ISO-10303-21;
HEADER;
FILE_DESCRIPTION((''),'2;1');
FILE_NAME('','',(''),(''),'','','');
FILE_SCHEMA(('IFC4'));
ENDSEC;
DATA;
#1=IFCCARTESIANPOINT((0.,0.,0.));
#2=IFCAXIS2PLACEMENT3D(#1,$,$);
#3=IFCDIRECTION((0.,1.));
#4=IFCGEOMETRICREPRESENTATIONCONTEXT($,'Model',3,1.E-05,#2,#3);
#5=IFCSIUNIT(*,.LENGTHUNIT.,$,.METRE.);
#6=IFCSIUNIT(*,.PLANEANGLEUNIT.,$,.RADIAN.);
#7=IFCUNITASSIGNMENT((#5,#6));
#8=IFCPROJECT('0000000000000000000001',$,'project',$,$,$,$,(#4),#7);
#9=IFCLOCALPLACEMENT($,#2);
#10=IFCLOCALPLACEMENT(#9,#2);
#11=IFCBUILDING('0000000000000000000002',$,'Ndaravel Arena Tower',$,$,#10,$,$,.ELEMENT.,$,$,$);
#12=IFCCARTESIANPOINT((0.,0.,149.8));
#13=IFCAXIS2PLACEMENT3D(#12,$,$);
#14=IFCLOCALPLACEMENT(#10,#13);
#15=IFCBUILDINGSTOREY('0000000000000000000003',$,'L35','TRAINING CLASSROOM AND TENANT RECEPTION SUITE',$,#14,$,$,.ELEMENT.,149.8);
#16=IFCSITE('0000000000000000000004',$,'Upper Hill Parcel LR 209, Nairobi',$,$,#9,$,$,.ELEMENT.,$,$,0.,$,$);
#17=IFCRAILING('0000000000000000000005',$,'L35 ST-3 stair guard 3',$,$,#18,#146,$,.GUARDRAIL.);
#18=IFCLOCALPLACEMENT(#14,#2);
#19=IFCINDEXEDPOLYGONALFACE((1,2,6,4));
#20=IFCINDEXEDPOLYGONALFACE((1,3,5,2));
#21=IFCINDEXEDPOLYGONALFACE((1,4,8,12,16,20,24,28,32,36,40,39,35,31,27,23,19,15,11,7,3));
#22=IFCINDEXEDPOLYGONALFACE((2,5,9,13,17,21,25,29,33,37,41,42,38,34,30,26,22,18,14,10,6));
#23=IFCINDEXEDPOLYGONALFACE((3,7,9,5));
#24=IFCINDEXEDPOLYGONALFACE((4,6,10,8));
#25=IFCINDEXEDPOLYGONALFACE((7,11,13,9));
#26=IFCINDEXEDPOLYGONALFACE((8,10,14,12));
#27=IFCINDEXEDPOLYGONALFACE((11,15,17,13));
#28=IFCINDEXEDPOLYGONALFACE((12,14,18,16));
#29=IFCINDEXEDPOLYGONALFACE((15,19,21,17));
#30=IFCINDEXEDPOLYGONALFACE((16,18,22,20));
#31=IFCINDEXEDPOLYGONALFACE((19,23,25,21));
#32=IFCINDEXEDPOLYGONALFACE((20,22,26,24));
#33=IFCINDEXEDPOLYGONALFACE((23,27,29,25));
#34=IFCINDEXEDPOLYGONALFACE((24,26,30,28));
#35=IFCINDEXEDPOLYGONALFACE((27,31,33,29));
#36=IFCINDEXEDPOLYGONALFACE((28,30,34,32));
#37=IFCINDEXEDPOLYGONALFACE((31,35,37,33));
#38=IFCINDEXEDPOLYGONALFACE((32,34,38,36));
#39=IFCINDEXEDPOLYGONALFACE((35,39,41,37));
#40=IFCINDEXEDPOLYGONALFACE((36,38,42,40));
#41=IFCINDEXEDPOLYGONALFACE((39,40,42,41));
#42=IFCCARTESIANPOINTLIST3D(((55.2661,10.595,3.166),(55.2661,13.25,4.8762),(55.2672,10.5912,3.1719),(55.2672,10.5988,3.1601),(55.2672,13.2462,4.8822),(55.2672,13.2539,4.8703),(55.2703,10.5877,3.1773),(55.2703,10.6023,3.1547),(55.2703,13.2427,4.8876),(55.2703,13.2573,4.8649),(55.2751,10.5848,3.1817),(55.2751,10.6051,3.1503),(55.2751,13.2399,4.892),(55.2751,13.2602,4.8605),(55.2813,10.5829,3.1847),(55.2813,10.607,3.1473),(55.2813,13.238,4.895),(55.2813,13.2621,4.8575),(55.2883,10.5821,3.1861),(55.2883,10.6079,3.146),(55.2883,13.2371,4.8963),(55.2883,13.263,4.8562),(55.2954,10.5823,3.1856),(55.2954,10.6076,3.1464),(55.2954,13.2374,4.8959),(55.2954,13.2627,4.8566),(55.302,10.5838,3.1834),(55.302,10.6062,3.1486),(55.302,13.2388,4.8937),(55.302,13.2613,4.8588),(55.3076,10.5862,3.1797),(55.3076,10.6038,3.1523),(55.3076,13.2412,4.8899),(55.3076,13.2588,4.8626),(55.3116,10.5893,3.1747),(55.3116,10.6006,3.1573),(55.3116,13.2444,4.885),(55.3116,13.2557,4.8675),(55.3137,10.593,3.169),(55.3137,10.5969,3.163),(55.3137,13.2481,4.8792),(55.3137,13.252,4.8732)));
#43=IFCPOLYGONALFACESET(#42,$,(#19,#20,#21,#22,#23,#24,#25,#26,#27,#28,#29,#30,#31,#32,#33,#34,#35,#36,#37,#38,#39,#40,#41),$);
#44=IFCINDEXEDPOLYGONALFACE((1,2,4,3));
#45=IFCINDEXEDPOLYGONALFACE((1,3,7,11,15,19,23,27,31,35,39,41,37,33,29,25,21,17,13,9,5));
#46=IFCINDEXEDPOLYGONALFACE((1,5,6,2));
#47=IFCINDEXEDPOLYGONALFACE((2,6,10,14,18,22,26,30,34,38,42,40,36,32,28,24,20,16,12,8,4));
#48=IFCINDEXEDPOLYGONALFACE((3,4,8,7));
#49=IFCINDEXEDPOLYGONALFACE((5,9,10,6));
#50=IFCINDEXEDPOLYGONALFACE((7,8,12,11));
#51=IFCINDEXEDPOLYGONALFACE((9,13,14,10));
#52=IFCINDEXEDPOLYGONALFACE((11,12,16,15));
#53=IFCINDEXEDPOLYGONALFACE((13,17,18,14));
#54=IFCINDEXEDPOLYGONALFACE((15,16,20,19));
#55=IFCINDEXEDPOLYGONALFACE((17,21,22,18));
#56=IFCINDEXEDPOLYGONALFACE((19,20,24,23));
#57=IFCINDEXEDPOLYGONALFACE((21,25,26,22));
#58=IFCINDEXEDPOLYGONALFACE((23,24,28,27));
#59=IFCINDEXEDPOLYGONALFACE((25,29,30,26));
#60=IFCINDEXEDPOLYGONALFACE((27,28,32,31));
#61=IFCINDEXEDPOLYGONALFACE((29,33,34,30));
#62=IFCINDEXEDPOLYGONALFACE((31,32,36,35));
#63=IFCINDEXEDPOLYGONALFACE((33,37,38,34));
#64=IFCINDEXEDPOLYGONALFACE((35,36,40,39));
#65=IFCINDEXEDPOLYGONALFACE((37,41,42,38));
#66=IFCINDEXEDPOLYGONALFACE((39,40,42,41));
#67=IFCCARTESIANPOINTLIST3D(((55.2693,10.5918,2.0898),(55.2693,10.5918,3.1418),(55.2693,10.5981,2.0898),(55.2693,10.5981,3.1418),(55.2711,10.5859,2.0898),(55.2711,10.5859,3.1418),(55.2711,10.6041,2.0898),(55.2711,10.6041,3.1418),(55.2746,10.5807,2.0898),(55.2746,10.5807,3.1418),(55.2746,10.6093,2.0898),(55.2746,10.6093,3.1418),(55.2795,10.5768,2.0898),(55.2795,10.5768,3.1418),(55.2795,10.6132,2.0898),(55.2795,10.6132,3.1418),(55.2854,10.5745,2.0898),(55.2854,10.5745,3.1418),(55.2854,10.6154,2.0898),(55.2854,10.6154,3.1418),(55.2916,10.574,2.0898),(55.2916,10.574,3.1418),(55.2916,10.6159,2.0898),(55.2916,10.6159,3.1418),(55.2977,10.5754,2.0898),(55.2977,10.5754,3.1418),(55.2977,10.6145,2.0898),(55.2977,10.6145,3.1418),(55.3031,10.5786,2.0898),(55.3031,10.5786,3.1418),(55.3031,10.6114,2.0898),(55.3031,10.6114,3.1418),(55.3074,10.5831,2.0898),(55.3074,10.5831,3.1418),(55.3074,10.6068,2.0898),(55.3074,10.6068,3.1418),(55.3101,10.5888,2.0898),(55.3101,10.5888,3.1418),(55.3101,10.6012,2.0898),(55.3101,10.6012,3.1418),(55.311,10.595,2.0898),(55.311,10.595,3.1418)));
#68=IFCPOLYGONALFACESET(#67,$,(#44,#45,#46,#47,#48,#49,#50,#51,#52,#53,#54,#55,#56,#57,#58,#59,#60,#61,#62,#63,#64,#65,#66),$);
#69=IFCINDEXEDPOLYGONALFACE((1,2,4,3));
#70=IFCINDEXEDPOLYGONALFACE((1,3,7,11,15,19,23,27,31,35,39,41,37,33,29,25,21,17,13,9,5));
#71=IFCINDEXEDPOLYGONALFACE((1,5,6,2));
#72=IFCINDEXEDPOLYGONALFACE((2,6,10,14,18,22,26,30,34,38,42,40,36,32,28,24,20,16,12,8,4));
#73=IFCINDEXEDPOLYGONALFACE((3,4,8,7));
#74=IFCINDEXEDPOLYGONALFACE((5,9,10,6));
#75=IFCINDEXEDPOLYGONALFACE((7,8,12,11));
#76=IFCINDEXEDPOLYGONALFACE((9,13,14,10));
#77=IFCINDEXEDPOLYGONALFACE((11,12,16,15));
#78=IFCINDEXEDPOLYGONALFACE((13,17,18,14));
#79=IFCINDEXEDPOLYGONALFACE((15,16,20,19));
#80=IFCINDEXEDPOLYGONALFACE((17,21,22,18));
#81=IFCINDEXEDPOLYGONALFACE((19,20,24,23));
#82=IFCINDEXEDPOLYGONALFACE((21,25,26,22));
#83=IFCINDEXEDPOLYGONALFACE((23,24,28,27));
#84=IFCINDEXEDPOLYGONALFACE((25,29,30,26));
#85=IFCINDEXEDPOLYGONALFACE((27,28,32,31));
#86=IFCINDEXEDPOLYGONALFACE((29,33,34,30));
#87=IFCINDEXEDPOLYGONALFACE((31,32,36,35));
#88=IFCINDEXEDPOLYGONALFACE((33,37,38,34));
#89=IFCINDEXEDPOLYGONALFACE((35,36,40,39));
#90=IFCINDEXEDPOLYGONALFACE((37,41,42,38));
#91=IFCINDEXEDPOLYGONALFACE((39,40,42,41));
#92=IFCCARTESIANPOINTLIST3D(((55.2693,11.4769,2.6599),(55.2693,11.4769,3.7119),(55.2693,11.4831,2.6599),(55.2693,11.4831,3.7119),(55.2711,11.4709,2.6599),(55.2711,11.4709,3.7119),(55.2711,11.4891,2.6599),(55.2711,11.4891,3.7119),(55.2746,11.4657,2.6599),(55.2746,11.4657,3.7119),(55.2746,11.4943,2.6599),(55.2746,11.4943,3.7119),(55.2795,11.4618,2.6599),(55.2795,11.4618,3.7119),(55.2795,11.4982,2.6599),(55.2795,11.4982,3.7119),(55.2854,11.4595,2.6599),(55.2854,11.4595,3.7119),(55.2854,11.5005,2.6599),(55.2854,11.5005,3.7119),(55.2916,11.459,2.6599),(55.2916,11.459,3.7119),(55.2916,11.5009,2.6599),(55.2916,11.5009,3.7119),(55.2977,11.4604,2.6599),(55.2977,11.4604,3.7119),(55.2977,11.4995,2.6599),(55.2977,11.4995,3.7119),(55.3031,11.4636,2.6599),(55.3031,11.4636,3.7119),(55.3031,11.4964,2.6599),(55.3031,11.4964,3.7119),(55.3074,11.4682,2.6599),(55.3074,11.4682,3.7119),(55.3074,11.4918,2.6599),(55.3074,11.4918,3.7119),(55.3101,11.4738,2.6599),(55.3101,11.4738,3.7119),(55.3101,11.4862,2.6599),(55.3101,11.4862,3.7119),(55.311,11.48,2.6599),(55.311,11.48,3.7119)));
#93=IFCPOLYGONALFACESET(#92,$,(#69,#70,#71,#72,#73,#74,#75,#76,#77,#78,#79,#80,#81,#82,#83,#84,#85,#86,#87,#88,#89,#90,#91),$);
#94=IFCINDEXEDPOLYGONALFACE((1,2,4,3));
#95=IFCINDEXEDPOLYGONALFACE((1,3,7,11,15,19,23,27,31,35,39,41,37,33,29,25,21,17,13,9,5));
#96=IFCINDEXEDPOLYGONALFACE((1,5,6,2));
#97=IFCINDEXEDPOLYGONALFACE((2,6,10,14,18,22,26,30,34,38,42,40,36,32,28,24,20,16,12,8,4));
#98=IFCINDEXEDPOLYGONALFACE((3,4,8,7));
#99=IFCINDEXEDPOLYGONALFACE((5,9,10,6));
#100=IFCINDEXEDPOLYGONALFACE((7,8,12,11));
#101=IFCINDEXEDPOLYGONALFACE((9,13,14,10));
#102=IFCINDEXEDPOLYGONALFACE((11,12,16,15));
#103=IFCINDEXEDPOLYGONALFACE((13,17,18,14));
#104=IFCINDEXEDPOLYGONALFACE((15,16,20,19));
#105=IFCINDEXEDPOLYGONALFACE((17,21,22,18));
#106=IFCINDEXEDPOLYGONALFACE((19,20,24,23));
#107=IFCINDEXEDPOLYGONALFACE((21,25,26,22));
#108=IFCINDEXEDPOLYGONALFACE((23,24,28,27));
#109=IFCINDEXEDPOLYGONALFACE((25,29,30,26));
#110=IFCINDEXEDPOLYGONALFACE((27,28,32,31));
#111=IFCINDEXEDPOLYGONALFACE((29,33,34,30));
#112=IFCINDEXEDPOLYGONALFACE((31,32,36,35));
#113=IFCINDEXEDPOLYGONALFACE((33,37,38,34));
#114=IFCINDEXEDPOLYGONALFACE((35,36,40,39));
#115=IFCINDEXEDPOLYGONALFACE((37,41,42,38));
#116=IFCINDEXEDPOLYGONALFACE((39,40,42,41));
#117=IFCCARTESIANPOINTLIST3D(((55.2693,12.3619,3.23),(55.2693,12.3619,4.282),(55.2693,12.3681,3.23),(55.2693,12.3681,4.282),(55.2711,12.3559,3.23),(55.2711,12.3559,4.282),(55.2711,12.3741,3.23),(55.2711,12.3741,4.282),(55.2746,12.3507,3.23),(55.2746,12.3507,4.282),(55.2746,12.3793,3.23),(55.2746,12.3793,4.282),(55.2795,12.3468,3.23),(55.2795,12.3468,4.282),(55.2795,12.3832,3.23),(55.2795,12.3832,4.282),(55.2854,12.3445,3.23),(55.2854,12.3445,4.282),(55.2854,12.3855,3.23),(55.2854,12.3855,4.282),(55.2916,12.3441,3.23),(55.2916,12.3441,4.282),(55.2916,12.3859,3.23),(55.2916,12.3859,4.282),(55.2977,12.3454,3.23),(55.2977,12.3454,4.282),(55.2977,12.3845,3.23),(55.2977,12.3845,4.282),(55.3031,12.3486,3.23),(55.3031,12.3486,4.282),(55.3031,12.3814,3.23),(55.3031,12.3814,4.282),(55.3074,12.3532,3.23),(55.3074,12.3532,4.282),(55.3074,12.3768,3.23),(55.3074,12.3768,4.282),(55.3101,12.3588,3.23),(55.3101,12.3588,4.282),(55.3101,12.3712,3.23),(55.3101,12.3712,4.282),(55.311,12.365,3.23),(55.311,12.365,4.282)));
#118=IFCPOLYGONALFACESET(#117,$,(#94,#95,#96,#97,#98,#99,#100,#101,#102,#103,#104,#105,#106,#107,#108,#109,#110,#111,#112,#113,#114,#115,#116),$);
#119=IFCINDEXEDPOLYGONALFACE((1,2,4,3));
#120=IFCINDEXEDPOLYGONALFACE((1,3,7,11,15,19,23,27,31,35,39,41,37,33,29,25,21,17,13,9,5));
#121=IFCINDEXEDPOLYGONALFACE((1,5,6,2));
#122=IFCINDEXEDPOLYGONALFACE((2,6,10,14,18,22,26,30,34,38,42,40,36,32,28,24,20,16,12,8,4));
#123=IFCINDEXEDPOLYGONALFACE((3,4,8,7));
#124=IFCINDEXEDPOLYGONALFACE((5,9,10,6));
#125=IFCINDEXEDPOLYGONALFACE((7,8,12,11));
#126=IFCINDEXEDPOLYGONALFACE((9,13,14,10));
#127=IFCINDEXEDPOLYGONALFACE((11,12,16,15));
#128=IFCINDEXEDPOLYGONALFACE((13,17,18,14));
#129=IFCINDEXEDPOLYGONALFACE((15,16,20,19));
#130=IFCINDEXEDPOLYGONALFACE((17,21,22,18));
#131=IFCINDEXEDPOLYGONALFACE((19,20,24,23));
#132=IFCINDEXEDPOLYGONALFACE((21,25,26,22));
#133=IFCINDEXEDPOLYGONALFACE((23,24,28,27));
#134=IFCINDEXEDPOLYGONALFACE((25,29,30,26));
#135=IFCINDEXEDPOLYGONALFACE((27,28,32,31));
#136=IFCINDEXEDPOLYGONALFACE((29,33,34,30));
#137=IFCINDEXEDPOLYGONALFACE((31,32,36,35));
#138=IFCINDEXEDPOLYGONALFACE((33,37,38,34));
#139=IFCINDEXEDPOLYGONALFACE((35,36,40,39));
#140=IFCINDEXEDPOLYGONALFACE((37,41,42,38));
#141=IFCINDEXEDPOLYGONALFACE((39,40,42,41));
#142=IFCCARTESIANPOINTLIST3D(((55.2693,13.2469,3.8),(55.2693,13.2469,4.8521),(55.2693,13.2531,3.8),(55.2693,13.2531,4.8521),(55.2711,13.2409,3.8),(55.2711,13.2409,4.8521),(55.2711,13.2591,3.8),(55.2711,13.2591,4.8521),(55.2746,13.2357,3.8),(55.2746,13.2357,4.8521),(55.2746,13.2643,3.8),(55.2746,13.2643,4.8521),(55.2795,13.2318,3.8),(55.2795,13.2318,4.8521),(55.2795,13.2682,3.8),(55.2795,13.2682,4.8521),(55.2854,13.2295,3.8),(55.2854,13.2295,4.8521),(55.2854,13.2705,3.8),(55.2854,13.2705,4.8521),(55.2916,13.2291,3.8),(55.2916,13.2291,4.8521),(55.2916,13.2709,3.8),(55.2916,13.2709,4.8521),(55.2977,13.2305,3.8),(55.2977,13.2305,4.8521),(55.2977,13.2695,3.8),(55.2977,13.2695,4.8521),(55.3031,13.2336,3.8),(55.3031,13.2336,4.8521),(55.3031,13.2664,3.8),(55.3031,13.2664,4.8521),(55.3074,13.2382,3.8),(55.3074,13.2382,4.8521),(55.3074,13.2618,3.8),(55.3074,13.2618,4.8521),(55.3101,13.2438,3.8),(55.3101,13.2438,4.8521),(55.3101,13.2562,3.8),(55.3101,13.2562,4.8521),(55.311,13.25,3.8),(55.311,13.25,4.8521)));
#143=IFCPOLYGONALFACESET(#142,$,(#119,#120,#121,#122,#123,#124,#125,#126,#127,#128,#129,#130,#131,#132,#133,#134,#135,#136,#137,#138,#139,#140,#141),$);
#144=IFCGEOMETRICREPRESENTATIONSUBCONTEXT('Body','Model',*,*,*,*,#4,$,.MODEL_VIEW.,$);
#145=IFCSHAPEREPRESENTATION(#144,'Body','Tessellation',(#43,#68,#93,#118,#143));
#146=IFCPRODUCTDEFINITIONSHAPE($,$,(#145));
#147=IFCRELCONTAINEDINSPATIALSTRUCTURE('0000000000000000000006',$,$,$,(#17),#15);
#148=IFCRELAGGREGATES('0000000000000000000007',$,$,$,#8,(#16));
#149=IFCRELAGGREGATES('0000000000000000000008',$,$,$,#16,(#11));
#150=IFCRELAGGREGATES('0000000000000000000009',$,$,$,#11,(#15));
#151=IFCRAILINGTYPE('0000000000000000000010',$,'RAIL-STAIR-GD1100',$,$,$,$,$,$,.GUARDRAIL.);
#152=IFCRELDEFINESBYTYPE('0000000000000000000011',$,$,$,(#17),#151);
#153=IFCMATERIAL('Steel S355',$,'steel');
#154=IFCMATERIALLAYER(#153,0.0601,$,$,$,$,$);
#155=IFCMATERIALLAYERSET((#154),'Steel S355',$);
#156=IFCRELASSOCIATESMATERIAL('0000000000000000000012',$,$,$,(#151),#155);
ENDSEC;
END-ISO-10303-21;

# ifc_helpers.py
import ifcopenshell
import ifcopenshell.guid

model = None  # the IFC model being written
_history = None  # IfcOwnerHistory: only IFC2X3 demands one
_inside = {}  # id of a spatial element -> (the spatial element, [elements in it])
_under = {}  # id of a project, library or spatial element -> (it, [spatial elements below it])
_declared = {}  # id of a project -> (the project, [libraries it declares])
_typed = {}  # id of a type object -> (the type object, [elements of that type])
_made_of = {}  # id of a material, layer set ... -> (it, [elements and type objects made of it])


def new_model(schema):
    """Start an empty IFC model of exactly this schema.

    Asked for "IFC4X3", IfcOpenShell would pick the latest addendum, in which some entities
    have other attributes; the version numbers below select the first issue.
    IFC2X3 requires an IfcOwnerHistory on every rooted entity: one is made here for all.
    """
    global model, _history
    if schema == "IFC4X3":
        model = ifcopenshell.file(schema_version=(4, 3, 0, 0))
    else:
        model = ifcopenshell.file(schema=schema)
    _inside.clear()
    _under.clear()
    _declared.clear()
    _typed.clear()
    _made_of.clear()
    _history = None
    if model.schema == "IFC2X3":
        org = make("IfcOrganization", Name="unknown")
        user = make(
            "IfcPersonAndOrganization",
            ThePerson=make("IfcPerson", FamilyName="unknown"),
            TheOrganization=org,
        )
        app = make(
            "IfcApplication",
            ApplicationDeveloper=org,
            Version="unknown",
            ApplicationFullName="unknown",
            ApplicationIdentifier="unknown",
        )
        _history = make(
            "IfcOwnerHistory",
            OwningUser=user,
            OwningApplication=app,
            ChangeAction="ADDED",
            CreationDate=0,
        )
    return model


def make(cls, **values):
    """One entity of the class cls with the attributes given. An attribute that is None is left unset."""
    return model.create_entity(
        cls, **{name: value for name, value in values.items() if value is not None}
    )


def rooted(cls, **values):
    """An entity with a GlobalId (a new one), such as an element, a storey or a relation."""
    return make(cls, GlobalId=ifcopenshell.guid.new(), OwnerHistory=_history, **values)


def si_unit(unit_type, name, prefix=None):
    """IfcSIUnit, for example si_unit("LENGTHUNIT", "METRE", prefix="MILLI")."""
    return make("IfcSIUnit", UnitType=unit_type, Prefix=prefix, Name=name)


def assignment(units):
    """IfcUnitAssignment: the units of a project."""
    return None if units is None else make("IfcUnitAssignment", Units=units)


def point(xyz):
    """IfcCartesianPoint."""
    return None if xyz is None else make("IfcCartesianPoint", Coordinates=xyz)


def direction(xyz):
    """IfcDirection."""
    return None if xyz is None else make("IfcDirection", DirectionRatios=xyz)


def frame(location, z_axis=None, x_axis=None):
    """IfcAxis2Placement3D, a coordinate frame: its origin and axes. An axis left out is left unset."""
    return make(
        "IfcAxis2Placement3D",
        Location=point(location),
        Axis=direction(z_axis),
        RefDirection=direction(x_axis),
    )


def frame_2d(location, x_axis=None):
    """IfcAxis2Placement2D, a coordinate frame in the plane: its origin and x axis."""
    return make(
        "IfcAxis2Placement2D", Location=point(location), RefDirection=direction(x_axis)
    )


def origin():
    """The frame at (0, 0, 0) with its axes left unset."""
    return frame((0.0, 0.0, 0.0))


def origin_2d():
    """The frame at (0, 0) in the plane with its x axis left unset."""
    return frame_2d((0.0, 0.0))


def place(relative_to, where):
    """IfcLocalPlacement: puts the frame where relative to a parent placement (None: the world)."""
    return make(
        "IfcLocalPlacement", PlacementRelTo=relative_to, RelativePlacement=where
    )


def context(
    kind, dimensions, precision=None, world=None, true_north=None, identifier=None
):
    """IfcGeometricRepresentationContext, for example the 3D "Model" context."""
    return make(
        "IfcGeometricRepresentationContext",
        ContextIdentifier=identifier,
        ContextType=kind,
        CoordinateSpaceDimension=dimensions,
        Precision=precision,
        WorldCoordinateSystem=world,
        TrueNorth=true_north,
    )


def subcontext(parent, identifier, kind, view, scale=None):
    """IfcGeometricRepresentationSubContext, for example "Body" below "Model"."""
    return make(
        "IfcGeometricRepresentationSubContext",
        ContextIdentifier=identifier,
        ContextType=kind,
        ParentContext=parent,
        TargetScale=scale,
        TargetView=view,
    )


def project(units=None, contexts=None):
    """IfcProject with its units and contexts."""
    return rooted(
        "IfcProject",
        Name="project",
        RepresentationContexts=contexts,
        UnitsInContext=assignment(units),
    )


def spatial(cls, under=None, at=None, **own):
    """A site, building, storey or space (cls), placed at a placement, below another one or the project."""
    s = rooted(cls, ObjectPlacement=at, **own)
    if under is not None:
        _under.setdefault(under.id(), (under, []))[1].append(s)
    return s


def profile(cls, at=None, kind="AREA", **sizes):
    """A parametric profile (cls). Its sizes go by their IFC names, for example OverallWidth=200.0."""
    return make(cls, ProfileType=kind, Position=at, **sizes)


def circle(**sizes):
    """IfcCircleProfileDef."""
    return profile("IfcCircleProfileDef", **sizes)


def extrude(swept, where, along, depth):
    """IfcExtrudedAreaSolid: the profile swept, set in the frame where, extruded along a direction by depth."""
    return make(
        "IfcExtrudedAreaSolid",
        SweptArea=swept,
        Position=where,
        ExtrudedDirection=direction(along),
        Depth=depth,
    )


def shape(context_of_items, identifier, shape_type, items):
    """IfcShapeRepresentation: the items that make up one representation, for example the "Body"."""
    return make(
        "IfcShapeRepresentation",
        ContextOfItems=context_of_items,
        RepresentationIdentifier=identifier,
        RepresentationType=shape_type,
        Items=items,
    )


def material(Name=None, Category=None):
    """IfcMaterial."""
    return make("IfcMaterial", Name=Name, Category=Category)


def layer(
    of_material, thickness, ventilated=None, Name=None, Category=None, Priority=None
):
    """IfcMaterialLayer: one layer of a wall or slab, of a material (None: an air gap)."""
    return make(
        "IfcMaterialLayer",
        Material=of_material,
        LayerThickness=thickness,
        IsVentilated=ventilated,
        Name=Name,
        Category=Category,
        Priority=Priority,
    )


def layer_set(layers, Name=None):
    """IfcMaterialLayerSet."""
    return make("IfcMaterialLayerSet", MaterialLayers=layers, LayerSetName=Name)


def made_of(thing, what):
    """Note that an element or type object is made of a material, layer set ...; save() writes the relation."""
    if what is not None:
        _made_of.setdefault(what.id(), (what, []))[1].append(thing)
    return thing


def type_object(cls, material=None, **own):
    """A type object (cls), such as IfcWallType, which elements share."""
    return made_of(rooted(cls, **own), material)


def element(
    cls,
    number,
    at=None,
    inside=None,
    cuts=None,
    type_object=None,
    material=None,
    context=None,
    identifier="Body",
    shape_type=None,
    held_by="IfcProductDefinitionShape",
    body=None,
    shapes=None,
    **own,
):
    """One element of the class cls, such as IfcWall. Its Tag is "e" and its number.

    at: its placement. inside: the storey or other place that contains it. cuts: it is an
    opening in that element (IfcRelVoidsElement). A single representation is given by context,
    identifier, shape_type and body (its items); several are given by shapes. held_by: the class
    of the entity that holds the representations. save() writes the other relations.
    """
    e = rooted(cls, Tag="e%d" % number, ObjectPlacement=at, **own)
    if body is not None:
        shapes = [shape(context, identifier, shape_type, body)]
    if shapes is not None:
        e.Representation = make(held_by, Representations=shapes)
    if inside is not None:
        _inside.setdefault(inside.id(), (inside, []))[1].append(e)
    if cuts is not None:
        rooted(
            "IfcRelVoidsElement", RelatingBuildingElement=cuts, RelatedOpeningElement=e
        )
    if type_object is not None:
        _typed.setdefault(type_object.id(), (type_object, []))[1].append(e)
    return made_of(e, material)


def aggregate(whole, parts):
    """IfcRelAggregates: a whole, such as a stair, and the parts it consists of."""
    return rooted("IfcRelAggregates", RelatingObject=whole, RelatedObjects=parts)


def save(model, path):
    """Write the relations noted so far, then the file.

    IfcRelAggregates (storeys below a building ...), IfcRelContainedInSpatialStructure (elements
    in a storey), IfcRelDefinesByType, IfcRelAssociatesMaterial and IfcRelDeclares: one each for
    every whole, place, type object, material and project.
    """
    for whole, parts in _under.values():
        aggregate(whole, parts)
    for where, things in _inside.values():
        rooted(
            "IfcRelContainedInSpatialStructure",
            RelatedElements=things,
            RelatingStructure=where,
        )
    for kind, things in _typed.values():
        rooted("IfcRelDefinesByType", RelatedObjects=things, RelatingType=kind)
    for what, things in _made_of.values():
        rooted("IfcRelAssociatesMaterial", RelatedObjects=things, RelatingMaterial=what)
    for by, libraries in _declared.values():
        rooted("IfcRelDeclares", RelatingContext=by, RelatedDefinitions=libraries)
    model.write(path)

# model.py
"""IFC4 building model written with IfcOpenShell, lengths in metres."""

from ifc_helpers import new_model, si_unit, direction, frame, origin, origin_2d, place, context, subcontext, project, spatial, circle, extrude, material, layer, layer_set, type_object, element, save


model = new_model("IFC4")

# Units and contexts
model_context = context("Model", 3, precision=1e-05, world=origin(), true_north=direction((0.0, 1.0)))
body_context = subcontext(model_context, "Body", "Model", "MODEL_VIEW")
ifc_project = project(units=[si_unit("LENGTHUNIT", "METRE"), si_unit("PLANEANGLEUNIT", "RADIAN")], contexts=[model_context])

# Site, building, storey
site_placement = place(None, origin())
site = spatial("IfcSite", under=ifc_project, at=site_placement, Name="Upper Hill Parcel LR 209, Nairobi", CompositionType="ELEMENT", RefElevation=0.0)
building_placement = place(site_placement, origin())
building = spatial("IfcBuilding", under=site, at=building_placement, Name="Ndaravel Arena Tower", CompositionType="ELEMENT")
storey_placement = place(building_placement, frame((0.0, 0.0, 149.8)))
storey = spatial("IfcBuildingStorey", under=building, at=storey_placement, Name="L35", Description="TRAINING CLASSROOM AND TENANT RECEPTION SUITE", CompositionType="ELEMENT", Elevation=149.8)

# Railing
ifc_material_1 = material(Name="Steel S355", Category="steel")
ifc_layer_1 = layer(ifc_material_1, 0.0601)
ifc_layer_set_1 = layer_set([ifc_layer_1], Name="Steel S355")
railing_type_1 = type_object("IfcRailingType", Name="RAIL-STAIR-GD1100", PredefinedType="GUARDRAIL", material=ifc_layer_set_1)
railing_1_placement = place(storey_placement, frame((55.29, 10.595, 2.0898)))
element("IfcRailing", 1, at=railing_1_placement, inside=storey, type_object=railing_type_1, Name="L35 ST-3 stair guard 3", PredefinedType="GUARDRAIL", context=body_context, shape_type="SweptSolid", body=[
    extrude(circle(Radius=0.0239, at=origin_2d()), frame((0.0, 0.0, 1.0762), z_axis=(0.0, 0.840688, 0.541519), x_axis=(-1.0, 0.0, 0.0)), (0.0, 0.0, 1.0), 3.1582),
    extrude(circle(Radius=0.021, at=origin_2d()), origin(), (0.0, 0.0, 1.0), 1.052),
    extrude(circle(Radius=0.021, at=origin_2d()), frame((0.0, 0.885, 0.5701)), (0.0, 0.0, 1.0), 1.052),
    extrude(circle(Radius=0.021, at=origin_2d()), frame((0.0, 1.77, 1.1401)), (0.0, 0.0, 1.0), 1.052),
    extrude(circle(Radius=0.021, at=origin_2d()), frame((0.0, 2.655, 1.7102)), (0.0, 0.0, 1.0), 1.052),
])

save(model, "model.ifc")
